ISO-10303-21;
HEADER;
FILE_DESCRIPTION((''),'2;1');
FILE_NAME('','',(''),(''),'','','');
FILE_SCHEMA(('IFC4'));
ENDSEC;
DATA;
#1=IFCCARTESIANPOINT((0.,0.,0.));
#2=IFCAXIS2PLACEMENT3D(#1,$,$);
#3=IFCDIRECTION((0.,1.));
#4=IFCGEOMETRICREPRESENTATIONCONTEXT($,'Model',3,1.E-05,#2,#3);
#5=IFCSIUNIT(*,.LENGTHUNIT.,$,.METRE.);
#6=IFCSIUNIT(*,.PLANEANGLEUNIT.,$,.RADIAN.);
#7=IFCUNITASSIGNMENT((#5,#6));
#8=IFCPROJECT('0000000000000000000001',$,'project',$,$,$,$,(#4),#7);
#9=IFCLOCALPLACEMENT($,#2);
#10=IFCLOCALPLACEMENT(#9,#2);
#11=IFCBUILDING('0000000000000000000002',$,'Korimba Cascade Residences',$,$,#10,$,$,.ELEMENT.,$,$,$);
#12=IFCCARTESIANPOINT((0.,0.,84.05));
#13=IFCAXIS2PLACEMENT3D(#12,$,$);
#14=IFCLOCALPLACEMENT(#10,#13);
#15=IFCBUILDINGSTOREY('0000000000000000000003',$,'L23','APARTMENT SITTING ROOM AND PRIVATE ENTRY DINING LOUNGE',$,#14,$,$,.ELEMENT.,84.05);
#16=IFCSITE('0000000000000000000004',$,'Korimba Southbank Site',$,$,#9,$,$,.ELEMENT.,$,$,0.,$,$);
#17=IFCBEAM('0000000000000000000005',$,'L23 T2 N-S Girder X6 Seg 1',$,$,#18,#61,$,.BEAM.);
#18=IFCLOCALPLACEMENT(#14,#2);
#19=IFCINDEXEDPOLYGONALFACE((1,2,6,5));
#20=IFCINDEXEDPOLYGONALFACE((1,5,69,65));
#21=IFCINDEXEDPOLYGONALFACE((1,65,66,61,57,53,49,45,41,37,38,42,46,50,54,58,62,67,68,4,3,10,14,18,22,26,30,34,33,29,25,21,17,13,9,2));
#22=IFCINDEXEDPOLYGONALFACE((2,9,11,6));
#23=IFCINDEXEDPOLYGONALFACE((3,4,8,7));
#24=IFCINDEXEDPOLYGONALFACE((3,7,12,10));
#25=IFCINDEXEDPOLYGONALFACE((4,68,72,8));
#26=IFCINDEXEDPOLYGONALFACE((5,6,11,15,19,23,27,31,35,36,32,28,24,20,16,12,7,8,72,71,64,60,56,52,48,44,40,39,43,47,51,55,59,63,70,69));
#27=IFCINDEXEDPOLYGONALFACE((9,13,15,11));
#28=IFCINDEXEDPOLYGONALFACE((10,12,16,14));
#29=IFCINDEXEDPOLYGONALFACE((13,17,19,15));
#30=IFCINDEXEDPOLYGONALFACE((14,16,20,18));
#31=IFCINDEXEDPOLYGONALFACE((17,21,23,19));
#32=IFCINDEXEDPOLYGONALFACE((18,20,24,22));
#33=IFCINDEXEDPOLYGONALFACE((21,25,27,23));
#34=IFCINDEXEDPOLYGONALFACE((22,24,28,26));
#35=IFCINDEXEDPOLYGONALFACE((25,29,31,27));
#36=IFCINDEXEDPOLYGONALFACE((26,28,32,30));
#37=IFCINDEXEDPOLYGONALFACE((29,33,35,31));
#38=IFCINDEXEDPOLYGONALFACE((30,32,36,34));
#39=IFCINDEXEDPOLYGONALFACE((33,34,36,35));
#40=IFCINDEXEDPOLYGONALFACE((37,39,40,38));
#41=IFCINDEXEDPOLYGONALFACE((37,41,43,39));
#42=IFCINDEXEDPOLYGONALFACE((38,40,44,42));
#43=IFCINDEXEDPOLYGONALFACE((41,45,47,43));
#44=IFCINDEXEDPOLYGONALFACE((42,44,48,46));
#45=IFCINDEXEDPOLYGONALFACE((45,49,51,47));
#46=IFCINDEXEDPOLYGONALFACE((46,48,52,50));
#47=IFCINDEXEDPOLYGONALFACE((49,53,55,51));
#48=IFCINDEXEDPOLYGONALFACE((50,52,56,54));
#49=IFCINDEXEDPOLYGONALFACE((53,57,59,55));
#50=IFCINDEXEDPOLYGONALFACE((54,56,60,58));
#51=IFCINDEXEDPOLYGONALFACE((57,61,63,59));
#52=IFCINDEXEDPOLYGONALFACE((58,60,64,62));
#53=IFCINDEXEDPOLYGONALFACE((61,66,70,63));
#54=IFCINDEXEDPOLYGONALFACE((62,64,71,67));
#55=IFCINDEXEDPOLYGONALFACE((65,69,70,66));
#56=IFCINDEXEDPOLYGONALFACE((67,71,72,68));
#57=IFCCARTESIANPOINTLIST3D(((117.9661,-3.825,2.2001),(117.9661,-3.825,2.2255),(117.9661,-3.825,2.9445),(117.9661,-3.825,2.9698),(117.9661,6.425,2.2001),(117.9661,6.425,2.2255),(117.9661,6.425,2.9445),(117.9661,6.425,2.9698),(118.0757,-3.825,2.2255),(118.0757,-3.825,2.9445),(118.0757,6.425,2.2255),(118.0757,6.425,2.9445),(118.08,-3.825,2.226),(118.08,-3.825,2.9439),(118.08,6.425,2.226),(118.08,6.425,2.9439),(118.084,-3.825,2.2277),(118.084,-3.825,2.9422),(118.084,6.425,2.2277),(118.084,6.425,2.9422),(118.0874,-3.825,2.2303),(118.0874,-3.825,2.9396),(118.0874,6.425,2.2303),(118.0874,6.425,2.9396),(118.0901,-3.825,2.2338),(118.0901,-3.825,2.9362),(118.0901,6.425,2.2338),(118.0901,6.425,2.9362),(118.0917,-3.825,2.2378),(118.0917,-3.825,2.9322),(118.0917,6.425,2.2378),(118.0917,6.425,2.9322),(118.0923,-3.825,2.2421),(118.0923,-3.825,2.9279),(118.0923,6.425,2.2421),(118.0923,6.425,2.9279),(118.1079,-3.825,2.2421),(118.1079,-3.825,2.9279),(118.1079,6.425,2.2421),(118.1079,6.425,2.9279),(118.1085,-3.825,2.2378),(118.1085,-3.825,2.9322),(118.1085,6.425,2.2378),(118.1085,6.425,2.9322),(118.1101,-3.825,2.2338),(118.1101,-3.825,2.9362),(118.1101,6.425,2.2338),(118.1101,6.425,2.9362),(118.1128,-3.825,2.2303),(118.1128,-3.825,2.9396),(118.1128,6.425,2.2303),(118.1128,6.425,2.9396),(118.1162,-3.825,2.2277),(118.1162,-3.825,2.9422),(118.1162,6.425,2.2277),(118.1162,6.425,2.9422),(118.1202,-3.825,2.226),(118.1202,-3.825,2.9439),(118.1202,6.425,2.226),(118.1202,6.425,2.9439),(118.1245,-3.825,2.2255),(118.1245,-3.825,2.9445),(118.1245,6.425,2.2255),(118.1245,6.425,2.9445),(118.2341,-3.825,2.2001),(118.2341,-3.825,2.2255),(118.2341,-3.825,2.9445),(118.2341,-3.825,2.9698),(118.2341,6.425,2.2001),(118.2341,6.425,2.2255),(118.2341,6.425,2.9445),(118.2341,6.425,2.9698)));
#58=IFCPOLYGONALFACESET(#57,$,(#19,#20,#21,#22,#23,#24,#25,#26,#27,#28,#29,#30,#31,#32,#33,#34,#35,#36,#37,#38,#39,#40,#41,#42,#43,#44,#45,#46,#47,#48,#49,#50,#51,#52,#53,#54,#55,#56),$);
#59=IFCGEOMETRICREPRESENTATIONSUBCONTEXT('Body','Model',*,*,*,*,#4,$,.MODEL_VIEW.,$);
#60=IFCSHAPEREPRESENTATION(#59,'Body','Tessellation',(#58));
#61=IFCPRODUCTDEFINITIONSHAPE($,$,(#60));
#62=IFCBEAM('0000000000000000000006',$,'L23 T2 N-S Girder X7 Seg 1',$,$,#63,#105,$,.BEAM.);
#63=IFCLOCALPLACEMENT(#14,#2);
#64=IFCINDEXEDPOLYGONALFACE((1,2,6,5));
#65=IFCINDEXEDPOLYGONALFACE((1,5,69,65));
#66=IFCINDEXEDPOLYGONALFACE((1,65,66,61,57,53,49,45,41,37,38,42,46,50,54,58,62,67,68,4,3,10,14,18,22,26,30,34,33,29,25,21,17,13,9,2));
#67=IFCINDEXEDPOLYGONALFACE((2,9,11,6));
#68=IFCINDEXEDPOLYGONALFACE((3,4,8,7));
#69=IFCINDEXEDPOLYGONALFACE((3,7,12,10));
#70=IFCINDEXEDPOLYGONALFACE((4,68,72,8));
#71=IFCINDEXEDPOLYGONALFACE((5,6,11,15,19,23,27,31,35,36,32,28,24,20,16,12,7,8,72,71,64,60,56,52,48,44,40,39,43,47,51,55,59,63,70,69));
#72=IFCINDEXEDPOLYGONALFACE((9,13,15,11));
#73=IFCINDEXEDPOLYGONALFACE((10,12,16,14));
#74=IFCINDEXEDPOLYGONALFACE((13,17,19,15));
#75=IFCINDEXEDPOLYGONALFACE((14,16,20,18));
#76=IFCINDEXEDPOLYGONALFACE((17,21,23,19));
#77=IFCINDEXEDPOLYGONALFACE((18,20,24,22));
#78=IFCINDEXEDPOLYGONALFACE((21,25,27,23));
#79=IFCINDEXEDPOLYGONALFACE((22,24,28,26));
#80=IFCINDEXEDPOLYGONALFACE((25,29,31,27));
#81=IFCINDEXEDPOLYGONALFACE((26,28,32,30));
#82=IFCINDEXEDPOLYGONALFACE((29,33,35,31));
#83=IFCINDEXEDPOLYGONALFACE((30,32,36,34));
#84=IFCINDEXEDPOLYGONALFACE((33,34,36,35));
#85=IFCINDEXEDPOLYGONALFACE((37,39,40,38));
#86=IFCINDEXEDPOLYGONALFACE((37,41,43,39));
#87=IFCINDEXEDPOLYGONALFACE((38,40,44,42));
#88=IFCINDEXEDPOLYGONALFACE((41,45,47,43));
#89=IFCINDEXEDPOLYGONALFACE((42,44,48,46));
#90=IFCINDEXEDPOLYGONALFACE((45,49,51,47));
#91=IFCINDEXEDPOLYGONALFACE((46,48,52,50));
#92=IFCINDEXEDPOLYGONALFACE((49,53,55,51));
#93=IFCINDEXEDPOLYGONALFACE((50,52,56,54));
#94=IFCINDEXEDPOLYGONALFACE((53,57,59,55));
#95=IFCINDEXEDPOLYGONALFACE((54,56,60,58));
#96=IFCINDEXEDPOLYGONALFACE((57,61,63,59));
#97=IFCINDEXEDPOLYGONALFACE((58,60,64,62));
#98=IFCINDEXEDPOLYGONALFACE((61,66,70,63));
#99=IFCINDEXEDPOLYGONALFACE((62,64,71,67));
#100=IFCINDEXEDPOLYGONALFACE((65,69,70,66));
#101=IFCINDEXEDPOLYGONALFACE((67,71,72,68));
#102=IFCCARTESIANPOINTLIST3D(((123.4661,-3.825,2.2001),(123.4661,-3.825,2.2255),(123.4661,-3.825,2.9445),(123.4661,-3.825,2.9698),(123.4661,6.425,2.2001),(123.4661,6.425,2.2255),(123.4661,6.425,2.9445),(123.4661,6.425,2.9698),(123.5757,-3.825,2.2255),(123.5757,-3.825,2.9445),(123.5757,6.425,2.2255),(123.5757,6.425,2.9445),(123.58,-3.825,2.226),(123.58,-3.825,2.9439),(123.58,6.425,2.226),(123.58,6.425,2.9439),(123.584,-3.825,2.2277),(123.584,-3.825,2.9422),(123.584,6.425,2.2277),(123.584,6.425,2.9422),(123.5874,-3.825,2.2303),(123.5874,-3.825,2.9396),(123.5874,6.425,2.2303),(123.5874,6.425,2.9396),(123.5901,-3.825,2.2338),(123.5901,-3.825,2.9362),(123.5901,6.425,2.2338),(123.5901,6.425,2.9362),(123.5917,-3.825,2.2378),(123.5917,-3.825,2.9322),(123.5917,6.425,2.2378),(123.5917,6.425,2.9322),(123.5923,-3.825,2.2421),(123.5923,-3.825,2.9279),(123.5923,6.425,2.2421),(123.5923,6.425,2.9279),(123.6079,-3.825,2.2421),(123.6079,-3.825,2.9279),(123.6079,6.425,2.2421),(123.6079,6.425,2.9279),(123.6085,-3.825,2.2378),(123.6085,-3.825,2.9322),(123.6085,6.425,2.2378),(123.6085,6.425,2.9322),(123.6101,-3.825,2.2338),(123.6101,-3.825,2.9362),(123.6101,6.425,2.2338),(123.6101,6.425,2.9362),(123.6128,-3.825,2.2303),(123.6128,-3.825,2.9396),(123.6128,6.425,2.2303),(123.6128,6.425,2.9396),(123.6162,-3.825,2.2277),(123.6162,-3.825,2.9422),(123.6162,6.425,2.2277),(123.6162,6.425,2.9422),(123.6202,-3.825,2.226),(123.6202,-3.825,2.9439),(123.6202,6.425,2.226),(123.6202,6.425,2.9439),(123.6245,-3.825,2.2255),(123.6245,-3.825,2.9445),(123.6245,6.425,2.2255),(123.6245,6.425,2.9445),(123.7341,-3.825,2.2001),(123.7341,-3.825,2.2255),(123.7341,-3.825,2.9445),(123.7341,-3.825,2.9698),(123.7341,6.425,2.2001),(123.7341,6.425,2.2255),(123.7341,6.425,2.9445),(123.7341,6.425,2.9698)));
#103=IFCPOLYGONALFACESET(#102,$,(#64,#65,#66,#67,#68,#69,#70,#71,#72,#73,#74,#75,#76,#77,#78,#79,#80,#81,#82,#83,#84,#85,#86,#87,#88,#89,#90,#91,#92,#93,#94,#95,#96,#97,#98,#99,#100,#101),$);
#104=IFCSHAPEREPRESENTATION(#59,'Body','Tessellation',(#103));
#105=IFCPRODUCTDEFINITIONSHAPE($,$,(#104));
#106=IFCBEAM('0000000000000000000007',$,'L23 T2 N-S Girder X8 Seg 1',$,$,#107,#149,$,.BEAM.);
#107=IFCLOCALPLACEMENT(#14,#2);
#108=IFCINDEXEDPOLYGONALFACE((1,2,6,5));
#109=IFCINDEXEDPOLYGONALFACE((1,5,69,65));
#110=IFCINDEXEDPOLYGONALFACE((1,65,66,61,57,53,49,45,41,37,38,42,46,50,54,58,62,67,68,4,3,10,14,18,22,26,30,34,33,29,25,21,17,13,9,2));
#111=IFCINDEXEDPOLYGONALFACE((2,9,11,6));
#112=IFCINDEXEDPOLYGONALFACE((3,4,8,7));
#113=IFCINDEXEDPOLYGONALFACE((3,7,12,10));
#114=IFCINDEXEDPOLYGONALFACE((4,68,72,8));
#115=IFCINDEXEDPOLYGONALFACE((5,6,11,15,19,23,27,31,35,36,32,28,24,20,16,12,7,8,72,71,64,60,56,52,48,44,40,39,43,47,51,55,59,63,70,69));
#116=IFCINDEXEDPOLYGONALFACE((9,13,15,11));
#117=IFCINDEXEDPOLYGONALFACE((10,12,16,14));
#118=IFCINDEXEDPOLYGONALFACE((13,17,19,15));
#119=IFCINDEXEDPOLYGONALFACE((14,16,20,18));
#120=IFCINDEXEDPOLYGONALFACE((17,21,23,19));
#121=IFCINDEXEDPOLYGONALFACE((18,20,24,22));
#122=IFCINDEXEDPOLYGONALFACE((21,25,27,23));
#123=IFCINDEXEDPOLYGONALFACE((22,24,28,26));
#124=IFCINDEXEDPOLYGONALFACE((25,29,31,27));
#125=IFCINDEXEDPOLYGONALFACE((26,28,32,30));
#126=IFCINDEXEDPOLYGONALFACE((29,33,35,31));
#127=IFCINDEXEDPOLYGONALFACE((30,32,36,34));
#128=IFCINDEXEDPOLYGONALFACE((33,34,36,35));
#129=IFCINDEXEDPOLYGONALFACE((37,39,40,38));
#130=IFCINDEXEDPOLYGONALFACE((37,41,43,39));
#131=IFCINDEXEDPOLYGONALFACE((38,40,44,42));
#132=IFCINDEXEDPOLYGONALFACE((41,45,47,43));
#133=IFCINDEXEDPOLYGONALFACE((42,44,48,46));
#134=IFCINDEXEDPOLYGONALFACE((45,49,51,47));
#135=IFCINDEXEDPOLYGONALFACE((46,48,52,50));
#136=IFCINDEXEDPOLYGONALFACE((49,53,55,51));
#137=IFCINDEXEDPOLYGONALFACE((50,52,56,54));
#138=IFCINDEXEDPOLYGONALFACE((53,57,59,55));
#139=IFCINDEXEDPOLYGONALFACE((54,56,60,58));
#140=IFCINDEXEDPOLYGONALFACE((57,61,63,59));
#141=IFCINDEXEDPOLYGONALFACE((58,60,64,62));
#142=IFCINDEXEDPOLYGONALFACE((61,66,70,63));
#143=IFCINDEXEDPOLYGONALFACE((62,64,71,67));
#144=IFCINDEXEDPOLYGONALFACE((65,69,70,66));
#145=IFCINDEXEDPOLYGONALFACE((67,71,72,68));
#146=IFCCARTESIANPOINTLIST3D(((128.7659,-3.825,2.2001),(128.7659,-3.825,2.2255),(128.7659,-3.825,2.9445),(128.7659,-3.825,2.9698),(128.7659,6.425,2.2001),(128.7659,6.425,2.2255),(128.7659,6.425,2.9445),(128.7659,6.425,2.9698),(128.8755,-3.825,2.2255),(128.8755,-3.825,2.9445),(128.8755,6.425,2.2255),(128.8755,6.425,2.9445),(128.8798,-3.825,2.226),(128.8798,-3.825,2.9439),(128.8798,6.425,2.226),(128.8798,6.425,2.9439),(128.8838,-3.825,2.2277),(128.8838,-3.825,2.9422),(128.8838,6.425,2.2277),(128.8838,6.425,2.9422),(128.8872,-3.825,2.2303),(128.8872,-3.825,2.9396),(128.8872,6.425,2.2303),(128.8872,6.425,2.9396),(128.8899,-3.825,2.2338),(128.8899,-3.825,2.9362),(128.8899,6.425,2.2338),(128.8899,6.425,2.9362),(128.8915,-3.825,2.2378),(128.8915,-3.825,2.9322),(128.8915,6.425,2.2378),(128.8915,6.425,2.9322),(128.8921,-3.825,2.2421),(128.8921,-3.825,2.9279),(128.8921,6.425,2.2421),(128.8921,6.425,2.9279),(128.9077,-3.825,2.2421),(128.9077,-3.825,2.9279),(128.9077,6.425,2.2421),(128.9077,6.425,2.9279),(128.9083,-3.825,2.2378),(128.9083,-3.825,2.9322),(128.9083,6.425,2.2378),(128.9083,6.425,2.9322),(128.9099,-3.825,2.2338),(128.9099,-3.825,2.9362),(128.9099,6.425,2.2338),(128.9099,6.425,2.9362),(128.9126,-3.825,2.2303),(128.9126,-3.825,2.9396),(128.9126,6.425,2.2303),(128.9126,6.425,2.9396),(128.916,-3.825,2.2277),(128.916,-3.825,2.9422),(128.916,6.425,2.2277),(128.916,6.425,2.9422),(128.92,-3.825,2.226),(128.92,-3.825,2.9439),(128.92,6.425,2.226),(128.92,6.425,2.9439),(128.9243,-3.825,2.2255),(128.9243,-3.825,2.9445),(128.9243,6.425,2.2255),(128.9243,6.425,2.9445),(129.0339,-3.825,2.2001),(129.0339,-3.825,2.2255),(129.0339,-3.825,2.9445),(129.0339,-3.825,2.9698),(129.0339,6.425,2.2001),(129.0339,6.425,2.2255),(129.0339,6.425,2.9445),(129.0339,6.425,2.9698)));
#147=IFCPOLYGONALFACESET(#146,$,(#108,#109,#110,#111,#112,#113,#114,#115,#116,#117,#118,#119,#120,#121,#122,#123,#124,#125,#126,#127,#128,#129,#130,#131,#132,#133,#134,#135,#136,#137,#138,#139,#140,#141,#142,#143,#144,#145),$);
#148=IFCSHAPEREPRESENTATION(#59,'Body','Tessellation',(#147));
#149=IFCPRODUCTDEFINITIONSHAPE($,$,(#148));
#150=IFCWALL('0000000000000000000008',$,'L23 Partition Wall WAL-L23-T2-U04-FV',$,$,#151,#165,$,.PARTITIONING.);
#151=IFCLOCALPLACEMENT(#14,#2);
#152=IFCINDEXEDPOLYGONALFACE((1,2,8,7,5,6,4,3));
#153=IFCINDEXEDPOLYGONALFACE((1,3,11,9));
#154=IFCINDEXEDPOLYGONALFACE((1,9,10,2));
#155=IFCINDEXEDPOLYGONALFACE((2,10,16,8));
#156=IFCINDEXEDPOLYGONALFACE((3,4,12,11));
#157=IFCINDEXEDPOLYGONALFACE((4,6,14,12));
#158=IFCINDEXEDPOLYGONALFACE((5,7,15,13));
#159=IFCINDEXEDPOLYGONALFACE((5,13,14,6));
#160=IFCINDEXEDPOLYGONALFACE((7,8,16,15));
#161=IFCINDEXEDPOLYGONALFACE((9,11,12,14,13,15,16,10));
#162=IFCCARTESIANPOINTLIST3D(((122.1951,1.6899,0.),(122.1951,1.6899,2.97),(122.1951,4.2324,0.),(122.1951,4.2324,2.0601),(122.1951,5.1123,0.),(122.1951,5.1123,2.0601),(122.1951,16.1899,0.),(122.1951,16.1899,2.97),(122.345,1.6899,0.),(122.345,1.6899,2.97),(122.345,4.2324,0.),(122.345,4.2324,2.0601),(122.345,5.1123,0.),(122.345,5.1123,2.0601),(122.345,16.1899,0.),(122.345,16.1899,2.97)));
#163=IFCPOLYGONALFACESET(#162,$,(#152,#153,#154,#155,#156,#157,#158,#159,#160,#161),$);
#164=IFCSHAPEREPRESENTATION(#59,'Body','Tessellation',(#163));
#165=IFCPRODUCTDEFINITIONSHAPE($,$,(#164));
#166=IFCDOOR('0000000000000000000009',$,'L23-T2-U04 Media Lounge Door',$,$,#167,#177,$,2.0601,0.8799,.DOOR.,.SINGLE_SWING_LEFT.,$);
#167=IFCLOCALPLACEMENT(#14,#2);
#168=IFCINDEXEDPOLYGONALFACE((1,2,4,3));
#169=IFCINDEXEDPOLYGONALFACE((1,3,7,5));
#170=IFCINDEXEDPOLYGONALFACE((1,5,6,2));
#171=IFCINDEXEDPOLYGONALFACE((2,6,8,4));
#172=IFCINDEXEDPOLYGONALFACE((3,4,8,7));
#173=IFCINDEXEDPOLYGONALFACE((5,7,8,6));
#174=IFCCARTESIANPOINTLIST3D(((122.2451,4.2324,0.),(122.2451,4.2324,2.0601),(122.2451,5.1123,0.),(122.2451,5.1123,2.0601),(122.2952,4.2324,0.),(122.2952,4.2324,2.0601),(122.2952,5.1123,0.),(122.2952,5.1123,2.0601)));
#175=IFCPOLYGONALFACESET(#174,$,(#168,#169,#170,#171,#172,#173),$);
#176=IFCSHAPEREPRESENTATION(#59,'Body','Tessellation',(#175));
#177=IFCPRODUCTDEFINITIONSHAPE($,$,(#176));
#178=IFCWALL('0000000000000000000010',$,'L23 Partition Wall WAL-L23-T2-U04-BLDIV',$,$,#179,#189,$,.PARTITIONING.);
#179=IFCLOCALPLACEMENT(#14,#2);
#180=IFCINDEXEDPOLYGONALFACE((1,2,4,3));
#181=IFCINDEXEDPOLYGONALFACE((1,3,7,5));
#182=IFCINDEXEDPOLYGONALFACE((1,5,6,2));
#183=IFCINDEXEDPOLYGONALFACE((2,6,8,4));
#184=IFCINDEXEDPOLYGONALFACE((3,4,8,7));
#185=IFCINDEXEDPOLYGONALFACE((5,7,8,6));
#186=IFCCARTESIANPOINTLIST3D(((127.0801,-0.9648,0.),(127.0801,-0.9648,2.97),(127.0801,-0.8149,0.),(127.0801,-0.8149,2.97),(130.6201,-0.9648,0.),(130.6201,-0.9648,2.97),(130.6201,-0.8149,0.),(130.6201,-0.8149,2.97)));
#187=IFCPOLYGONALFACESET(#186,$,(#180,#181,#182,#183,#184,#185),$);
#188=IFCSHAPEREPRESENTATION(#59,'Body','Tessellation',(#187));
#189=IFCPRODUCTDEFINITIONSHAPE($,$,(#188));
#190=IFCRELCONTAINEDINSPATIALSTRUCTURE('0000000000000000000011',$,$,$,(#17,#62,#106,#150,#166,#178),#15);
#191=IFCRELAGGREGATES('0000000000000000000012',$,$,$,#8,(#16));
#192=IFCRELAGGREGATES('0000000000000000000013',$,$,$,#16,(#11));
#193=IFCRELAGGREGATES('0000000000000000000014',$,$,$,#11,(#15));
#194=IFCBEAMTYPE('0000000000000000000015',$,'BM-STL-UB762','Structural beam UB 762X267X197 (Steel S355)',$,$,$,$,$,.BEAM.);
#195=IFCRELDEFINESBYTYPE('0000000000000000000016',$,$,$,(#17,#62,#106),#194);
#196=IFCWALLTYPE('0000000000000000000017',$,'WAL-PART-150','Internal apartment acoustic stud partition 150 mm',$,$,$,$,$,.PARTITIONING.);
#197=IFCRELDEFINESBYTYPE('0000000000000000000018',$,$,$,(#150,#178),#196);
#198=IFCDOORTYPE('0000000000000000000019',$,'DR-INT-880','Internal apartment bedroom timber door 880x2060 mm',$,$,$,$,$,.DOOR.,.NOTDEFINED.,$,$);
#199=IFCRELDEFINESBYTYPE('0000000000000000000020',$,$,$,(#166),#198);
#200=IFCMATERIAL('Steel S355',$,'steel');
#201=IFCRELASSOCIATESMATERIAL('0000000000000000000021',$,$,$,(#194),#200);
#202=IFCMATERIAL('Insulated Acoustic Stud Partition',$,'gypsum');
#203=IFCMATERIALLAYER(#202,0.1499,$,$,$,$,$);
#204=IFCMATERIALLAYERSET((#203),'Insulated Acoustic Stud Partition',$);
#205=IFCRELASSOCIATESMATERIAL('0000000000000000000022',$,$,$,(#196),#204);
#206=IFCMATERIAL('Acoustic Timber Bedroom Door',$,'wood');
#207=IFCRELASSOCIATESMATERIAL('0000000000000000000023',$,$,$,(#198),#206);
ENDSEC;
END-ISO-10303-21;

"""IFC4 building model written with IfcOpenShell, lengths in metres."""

from ifc_helpers import new_model, si_unit, direction, frame, frame_2d, origin, origin_2d, place, context, subcontext, project, spatial, rectangle, i_section, extrude, material, layer, layer_set, material_profile, profile_set, type_object, element, fill, save


model = new_model("IFC4")

# Units and contexts
model_context = context("Model", 3, precision=1e-05, world=origin(), true_north=direction((0.0, 1.0)))
body_context = subcontext(model_context, "Body", "Model", "MODEL_VIEW")
ifc_project = project(units=[si_unit("LENGTHUNIT", "METRE"), si_unit("PLANEANGLEUNIT", "RADIAN")], contexts=[model_context])

# Site, building, storey
site_placement = place(None, origin())
site = spatial("IfcSite", under=ifc_project, at=site_placement, Name="Korimba Southbank Site", CompositionType="ELEMENT", RefElevation=0.0)
building_placement = place(site_placement, origin())
building = spatial("IfcBuilding", under=site, at=building_placement, Name="Korimba Cascade Residences", CompositionType="ELEMENT")
storey_placement = place(building_placement, frame((0.0, 0.0, 84.05)))
storey = spatial("IfcBuildingStorey", under=building, at=storey_placement, Name="L23", Description="APARTMENT SITTING ROOM AND PRIVATE ENTRY DINING LOUNGE", CompositionType="ELEMENT", Elevation=84.05)

# Beams
ifc_material_1 = material(Name="Steel S355", Category="steel")
ifc_material_profile_1 = material_profile(ifc_material_1, i_section(OverallWidth=0.2681, OverallDepth=0.7698, WebThickness=0.0156, FlangeThickness=0.0254, FilletRadius=0.0166, at=origin_2d()), Name="Steel S355")
ifc_profile_set_1 = profile_set([ifc_material_profile_1], Name="Steel S355")
beam_type_1 = type_object("IfcBeamType", Name="BM-STL-UB762", Description="Structural beam UB 762X267X197 (Steel S355)", PredefinedType="BEAM", material=ifc_profile_set_1)
for number, where, z_axis, x_axis, name in (
    (1, (118.1001, -3.825, 2.585), (0.0, 1.0, 0.0), (-1.0, 0.0, 0.0), "L23 T2 N-S Girder X6 Seg 1"),
    (2, (123.6001, -3.825, 2.585), (0.0, 1.0, 0.0), (-1.0, 0.0, 0.0), "L23 T2 N-S Girder X7 Seg 1"),
    (3, (128.8999, -3.825, 2.585), (0.0, 1.0, 0.0), (-1.0, 0.0, 0.0), "L23 T2 N-S Girder X8 Seg 1"),
):
    element("IfcBeam", number, at=place(storey_placement, frame(where, z_axis=z_axis, x_axis=x_axis)), inside=storey, type_object=beam_type_1, Name=name, PredefinedType="BEAM", context=body_context, shape_type="SweptSolid", body=[
        extrude(i_section(OverallWidth=0.2681, OverallDepth=0.7698, WebThickness=0.0156, FlangeThickness=0.0254, FilletRadius=0.0166, at=origin_2d()), origin(), (0.0, 0.0, 1.0), 10.25),
    ])

# Wall, opening, door
ifc_material_2 = material(Name="Insulated Acoustic Stud Partition", Category="gypsum")
ifc_layer = layer(ifc_material_2, 0.1499)
ifc_layer_set = layer_set([ifc_layer], Name="Insulated Acoustic Stud Partition")
wall_type = type_object("IfcWallType", Name="WAL-PART-150", Description="Internal apartment acoustic stud partition 150 mm", PredefinedType="PARTITIONING", material=ifc_layer_set)
wall_1_placement = place(storey_placement, frame((122.27, 1.6899, 0.0), z_axis=(0.0, 0.0, 1.0), x_axis=(0.0, 1.0, 0.0)))
wall_1 = element("IfcWall", 4, at=wall_1_placement, inside=storey, type_object=wall_type, Name="L23 Partition Wall WAL-L23-T2-U04-FV", PredefinedType="PARTITIONING", context=body_context, shape_type="SweptSolid", body=[
    extrude(rectangle(XDim=14.5, YDim=0.1499, at=frame_2d((7.25, 0.0))), origin(), (0.0, 0.0, 1.0), 2.97),
])
opening_1_placement = place(wall_1_placement, frame((2.5425, 0.0, 0.0)))
opening_1 = element("IfcOpeningElement", 5, at=opening_1_placement, cuts=wall_1, PredefinedType="OPENING", context=body_context, shape_type="SweptSolid", body=[
    extrude(rectangle(XDim=0.8799, YDim=2.0601, at=frame_2d((0.4399, 1.03))), frame((0.0, 0.085, 0.0), z_axis=(0.0, -1.0, 0.0), x_axis=(1.0, 0.0, 0.0)), (0.0, 0.0, 1.0), 0.1699),
])
ifc_material_3 = material(Name="Acoustic Timber Bedroom Door", Category="wood")
door_type_1 = type_object("IfcDoorType", Name="DR-INT-880", Description="Internal apartment bedroom timber door 880x2060 mm", OperationType="NOTDEFINED", PredefinedType="DOOR", material=ifc_material_3)
door_1_placement = place(opening_1_placement, origin())
door_1 = element("IfcDoor", 6, at=door_1_placement, inside=storey, type_object=door_type_1, Name="L23-T2-U04 Media Lounge Door", OperationType="SINGLE_SWING_LEFT", OverallHeight=2.0601, OverallWidth=0.8799, PredefinedType="DOOR", context=body_context, shape_type="SweptSolid", body=[
    extrude(rectangle(XDim=0.8799, YDim=2.0601, at=frame_2d((0.4399, 1.03))), frame((0.0, 0.0249, 0.0), z_axis=(0.0, -1.0, 0.0), x_axis=(1.0, 0.0, 0.0)), (0.0, 0.0, 1.0), 0.05),
])
fill(opening_1, door_1)

# Wall
wall_2_placement = place(storey_placement, frame((127.0801, -0.8899, 0.0), z_axis=(0.0, 0.0, 1.0), x_axis=(1.0, 0.0, 0.0)))
element("IfcWall", 7, at=wall_2_placement, inside=storey, type_object=wall_type, Name="L23 Partition Wall WAL-L23-T2-U04-BLDIV", PredefinedType="PARTITIONING", context=body_context, shape_type="SweptSolid", body=[
    extrude(rectangle(XDim=3.54, YDim=0.1499, at=frame_2d((1.77, 0.0))), origin(), (0.0, 0.0, 1.0), 2.97),
])

save(model, "model.ifc")
